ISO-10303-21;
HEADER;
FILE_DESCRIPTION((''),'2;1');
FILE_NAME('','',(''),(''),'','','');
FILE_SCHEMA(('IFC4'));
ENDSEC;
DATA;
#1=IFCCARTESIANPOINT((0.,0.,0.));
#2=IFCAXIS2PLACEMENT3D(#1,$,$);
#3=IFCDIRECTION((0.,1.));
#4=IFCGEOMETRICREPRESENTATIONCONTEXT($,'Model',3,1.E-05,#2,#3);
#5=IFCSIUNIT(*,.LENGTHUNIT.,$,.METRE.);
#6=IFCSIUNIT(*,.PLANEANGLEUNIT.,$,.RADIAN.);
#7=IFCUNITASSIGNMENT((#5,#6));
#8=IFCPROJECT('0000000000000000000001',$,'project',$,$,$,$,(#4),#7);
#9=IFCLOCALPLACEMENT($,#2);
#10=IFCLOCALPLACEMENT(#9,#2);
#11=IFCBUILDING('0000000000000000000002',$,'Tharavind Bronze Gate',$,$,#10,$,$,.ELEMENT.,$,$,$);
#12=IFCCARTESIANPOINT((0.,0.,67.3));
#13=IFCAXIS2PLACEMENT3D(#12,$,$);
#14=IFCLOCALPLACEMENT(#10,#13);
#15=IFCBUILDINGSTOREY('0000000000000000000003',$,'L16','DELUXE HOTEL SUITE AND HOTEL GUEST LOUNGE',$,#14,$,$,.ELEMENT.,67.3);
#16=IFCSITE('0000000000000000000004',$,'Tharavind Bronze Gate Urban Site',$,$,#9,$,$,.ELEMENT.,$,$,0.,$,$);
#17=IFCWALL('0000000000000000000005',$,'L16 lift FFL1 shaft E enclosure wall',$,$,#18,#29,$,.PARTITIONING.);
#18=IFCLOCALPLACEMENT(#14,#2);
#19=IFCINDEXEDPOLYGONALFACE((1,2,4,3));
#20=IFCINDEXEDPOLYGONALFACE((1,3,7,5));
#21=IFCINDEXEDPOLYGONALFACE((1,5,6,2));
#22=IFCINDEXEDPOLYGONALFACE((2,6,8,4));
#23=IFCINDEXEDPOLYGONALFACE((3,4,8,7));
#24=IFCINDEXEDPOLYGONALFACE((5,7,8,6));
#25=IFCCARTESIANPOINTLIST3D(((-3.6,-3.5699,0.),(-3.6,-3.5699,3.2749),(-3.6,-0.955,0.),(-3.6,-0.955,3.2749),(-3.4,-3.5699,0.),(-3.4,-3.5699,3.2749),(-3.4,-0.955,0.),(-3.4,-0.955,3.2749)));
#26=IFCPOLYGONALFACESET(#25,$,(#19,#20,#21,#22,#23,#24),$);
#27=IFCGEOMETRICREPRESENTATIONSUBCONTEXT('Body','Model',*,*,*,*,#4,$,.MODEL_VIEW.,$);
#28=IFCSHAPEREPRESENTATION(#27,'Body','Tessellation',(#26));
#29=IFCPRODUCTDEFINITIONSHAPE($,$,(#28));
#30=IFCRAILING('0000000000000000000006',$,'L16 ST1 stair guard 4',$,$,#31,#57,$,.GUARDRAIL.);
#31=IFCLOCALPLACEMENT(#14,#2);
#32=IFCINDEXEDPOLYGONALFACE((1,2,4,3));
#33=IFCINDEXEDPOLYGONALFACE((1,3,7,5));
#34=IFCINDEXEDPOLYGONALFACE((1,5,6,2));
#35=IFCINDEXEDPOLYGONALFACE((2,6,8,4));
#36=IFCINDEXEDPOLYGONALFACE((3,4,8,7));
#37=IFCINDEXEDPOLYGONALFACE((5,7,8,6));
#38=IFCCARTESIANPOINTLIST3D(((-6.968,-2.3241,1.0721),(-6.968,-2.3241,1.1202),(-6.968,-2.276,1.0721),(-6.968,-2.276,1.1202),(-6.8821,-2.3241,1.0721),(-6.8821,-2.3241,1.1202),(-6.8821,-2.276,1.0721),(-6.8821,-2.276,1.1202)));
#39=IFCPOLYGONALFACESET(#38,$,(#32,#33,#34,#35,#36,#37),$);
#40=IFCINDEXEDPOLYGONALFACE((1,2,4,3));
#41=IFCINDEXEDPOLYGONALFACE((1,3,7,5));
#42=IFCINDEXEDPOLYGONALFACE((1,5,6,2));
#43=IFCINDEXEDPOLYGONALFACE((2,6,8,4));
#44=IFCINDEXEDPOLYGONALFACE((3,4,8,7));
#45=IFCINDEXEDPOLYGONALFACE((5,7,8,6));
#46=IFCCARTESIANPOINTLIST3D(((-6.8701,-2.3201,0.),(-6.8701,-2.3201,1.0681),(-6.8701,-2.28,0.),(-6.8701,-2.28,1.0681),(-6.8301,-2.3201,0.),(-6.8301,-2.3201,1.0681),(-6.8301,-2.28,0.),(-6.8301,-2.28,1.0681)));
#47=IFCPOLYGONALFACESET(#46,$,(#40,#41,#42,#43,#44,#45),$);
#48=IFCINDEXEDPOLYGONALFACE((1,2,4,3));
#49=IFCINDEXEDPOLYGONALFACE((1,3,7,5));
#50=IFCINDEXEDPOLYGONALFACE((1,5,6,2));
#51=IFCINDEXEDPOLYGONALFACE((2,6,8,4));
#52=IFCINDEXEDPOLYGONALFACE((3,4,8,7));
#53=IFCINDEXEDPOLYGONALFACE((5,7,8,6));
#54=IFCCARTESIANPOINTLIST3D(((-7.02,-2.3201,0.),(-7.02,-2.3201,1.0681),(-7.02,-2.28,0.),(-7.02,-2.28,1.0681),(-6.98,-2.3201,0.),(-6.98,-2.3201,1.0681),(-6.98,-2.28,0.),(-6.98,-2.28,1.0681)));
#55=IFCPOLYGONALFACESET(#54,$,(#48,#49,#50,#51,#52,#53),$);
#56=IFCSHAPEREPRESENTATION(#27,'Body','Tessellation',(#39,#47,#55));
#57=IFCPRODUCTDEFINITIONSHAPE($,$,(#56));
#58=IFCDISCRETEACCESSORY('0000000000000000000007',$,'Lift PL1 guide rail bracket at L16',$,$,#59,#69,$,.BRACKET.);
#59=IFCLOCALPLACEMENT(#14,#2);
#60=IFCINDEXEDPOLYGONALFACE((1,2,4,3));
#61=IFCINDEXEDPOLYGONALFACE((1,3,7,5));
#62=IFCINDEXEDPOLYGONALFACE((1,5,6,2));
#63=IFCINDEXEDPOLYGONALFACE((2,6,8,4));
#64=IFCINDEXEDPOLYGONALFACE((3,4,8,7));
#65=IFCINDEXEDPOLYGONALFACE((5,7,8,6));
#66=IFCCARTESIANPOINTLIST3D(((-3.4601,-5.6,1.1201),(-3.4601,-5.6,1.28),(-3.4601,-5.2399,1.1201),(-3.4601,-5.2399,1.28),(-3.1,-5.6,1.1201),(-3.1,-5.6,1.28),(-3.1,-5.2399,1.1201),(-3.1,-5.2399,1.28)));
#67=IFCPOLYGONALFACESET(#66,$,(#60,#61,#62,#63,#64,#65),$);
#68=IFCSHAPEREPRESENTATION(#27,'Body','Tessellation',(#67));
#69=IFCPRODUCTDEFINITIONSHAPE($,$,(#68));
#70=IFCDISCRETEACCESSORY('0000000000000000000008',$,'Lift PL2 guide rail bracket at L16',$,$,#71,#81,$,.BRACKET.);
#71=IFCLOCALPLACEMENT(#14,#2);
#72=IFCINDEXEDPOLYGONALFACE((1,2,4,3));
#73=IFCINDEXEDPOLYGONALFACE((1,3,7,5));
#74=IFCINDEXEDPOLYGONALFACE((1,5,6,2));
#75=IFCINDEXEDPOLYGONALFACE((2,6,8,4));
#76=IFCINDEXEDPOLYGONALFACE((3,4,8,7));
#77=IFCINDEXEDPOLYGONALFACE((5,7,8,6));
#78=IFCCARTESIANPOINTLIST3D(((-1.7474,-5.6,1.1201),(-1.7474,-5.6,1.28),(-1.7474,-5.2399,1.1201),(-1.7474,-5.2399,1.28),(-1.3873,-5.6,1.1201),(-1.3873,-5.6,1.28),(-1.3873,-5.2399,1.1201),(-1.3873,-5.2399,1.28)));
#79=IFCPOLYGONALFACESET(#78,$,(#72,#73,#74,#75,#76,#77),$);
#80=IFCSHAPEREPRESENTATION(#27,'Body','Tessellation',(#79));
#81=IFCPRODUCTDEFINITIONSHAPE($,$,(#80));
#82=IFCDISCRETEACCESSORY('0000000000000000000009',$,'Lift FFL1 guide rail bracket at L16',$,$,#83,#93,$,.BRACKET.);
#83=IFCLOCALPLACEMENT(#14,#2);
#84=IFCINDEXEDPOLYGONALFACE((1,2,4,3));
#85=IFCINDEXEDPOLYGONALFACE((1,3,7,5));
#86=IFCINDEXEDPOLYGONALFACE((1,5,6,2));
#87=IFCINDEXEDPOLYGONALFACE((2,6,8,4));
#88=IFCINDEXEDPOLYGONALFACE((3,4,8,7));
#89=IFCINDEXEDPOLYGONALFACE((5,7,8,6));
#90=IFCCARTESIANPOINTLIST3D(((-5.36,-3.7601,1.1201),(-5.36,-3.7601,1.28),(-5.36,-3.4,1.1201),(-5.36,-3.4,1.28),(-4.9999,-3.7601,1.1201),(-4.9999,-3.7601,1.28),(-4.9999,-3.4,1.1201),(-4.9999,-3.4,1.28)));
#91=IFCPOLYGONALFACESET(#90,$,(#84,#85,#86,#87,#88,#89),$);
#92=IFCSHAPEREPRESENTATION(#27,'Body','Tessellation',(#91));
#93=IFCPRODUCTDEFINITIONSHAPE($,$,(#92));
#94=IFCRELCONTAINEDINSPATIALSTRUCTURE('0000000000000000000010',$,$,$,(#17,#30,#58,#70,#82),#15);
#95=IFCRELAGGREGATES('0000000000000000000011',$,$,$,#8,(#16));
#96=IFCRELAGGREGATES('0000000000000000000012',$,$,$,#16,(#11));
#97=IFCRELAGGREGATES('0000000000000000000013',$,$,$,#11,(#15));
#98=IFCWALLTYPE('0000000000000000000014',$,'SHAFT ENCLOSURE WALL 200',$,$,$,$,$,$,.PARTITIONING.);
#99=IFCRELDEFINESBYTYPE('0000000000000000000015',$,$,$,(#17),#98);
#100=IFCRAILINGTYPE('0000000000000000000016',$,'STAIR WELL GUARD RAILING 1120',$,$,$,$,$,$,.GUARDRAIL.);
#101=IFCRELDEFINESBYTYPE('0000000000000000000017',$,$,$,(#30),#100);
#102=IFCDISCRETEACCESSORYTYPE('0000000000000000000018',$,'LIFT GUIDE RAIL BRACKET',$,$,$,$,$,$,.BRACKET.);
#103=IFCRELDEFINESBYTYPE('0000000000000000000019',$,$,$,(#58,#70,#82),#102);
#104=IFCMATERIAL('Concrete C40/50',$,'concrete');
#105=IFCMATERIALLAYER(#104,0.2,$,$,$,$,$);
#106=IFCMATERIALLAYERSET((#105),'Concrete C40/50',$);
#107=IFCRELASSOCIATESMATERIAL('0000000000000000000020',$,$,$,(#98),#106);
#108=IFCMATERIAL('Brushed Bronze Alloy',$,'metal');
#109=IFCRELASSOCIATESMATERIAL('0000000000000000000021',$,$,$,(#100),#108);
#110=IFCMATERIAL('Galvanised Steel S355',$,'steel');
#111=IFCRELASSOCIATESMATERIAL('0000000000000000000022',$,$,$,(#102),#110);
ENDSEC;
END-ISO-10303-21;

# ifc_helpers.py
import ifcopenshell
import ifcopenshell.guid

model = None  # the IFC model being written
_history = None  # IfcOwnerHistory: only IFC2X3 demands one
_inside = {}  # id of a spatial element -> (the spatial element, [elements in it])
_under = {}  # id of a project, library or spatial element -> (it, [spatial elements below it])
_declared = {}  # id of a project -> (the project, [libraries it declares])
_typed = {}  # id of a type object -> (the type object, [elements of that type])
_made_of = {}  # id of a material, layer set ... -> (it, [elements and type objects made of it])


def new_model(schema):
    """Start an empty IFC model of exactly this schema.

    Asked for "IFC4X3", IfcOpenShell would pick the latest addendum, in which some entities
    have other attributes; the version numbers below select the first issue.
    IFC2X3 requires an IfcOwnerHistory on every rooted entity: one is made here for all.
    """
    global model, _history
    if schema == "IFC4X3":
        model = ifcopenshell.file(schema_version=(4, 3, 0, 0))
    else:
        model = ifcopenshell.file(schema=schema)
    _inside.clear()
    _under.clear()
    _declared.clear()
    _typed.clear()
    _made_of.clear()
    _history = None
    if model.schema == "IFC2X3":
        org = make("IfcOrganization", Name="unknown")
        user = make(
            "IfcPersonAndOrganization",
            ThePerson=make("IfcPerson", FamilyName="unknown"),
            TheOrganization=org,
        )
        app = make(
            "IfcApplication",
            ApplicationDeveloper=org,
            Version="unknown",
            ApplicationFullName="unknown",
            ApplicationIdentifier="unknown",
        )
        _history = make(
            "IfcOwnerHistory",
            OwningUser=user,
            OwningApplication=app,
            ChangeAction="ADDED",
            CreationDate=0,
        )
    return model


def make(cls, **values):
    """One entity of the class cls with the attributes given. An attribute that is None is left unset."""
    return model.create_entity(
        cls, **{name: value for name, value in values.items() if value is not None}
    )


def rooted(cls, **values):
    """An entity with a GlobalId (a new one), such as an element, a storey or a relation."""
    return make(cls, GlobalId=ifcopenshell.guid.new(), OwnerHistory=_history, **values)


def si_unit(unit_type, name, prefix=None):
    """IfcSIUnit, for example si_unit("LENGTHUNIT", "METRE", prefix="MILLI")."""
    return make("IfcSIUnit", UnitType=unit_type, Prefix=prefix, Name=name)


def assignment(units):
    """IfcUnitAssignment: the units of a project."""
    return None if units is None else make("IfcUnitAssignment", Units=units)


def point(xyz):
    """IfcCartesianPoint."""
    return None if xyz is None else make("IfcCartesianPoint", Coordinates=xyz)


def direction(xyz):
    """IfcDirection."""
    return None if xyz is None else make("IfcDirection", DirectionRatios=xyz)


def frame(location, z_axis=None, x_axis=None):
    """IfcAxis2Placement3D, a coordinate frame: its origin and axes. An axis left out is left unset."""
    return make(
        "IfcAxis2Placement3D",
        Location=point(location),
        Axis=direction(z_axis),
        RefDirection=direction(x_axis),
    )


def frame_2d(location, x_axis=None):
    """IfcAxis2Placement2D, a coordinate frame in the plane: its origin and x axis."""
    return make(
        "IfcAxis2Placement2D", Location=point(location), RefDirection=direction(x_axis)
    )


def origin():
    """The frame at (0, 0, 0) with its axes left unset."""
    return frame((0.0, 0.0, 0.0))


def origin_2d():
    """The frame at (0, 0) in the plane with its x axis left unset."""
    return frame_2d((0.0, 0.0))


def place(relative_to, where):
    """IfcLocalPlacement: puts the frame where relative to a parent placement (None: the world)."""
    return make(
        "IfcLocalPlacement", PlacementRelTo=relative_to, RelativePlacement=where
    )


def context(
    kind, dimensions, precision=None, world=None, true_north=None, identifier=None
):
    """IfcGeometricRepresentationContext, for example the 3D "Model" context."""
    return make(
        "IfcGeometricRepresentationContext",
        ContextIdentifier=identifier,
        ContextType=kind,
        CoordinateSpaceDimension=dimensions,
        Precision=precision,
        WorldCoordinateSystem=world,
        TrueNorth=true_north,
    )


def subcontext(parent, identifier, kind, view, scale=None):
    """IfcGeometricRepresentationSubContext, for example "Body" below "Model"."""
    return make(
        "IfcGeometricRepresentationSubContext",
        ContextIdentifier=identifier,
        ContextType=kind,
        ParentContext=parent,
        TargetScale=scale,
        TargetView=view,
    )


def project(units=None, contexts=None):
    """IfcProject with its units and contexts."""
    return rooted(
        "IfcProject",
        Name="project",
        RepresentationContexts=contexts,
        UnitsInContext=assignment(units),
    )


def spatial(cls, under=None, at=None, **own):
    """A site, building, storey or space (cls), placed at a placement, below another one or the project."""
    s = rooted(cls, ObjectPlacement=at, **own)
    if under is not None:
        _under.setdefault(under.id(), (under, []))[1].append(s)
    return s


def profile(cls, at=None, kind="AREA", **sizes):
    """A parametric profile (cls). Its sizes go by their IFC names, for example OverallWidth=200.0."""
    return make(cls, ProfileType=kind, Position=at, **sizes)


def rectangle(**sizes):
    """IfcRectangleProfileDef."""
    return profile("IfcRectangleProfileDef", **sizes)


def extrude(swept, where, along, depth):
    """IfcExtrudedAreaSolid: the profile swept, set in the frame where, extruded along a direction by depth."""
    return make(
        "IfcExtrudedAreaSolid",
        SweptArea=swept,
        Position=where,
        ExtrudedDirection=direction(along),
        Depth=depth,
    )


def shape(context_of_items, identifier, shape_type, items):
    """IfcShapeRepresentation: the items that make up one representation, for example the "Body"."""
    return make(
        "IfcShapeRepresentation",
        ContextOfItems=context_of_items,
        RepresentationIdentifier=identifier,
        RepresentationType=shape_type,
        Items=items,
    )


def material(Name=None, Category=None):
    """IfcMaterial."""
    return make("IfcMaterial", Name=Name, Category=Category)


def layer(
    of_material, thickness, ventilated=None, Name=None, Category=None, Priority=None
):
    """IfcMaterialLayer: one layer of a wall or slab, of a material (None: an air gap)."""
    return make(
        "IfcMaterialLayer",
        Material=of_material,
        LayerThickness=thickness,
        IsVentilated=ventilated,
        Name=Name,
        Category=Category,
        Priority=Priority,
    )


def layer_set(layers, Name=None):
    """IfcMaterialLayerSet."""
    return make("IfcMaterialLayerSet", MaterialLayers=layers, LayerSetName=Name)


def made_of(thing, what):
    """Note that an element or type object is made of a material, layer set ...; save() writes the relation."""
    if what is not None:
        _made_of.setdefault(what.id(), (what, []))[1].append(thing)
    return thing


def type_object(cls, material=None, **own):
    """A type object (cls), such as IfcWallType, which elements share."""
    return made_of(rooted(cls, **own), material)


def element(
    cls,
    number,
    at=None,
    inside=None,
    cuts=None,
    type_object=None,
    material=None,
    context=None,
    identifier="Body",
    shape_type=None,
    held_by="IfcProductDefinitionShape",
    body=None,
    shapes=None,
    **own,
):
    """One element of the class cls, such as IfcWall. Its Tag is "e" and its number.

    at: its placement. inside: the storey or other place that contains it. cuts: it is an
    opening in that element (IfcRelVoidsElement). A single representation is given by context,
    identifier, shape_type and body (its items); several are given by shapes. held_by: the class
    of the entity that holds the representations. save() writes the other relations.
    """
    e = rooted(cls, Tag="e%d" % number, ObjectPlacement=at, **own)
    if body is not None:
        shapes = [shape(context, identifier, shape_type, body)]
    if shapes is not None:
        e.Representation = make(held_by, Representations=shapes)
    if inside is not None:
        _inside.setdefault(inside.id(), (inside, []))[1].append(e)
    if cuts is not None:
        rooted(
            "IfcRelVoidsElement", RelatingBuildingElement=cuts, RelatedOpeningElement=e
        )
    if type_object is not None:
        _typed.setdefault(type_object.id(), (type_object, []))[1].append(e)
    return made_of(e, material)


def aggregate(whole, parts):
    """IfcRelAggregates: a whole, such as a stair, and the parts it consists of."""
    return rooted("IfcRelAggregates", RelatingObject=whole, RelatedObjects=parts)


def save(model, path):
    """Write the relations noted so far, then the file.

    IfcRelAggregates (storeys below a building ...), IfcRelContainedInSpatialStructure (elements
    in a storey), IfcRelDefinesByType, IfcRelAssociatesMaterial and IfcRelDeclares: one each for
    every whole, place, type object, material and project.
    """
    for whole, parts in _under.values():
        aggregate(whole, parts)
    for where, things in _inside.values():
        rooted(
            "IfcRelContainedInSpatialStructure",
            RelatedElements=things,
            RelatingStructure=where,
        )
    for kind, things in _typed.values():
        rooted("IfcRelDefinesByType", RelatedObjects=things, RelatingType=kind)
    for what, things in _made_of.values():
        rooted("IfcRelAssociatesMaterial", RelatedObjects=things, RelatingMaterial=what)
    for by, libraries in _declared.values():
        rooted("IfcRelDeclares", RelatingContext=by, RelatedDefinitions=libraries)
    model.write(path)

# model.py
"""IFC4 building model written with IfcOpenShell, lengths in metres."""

from ifc_helpers import new_model, si_unit, direction, frame, frame_2d, origin, origin_2d, place, context, subcontext, project, spatial, rectangle, extrude, material, layer, layer_set, type_object, element, save


model = new_model("IFC4")

# Units and contexts
model_context = context("Model", 3, precision=1e-05, world=origin(), true_north=direction((0.0, 1.0)))
body_context = subcontext(model_context, "Body", "Model", "MODEL_VIEW")
ifc_project = project(units=[si_unit("LENGTHUNIT", "METRE"), si_unit("PLANEANGLEUNIT", "RADIAN")], contexts=[model_context])

# Site, building, storey
site_placement = place(None, origin())
site = spatial("IfcSite", under=ifc_project, at=site_placement, Name="Tharavind Bronze Gate Urban Site", CompositionType="ELEMENT", RefElevation=0.0)
building_placement = place(site_placement, origin())
building = spatial("IfcBuilding", under=site, at=building_placement, Name="Tharavind Bronze Gate", CompositionType="ELEMENT")
storey_placement = place(building_placement, frame((0.0, 0.0, 67.3)))
storey = spatial("IfcBuildingStorey", under=building, at=storey_placement, Name="L16", Description="DELUXE HOTEL SUITE AND HOTEL GUEST LOUNGE", CompositionType="ELEMENT", Elevation=67.3)

# Wall
ifc_material_1 = material(Name="Concrete C40/50", Category="concrete")
ifc_layer_1 = layer(ifc_material_1, 0.2)
ifc_layer_set_1 = layer_set([ifc_layer_1], Name="Concrete C40/50")
wall_type_1 = type_object("IfcWallType", Name="SHAFT ENCLOSURE WALL 200", PredefinedType="PARTITIONING", material=ifc_layer_set_1)
wall_1_placement = place(storey_placement, frame((-3.5, -3.5701, 0.0), z_axis=(0.0, 0.0, 1.0), x_axis=(0.0, 1.0, 0.0)))
element("IfcWall", 1, at=wall_1_placement, inside=storey, type_object=wall_type_1, Name="L16 lift FFL1 shaft E enclosure wall", PredefinedType="PARTITIONING", context=body_context, shape_type="SweptSolid", body=[
    extrude(rectangle(XDim=2.615, YDim=0.2, at=frame_2d((1.3076, 0.0))), origin(), (0.0, 0.0, 1.0), 3.2749),
])

# Railing
ifc_material_2 = material(Name="Brushed Bronze Alloy", Category="metal")
railing_type = type_object("IfcRailingType", Name="STAIR WELL GUARD RAILING 1120", PredefinedType="GUARDRAIL", material=ifc_material_2)
railing_placement = place(storey_placement, frame((-6.8501, -2.3, 0.0)))
element("IfcRailing", 2, at=railing_placement, inside=storey, type_object=railing_type, Name="L16 ST1 stair guard 4", PredefinedType="GUARDRAIL", context=body_context, shape_type="SweptSolid", body=[
    extrude(rectangle(XDim=0.0481, YDim=0.0481, at=origin_2d()), frame((-0.032, 0.0, 1.0962), z_axis=(-1.0, 0.0, 0.0), x_axis=(0.0, -1.0, 0.0)), (0.0, 0.0, 1.0), 0.0859),
    extrude(rectangle(XDim=0.04, YDim=0.04, at=origin_2d()), origin(), (0.0, 0.0, 1.0), 1.0681),
    extrude(rectangle(XDim=0.04, YDim=0.04, at=origin_2d()), frame((-0.1499, 0.0, 0.0)), (0.0, 0.0, 1.0), 1.0681),
])

# Discrete accessories
ifc_material_3 = material(Name="Galvanised Steel S355", Category="steel")
discrete_accessory_type = type_object("IfcDiscreteAccessoryType", Name="LIFT GUIDE RAIL BRACKET", PredefinedType="BRACKET", material=ifc_material_3)
for number, where, z_axis, x_axis, name in (
    (3, (-3.28, -5.4199, 1.1201), (0.0, 0.0, 1.0), (1.0, 0.0, 0.0), "Lift PL1 guide rail bracket at L16"),
    (4, (-1.5674, -5.4199, 1.1201), (0.0, 0.0, 1.0), (1.0, 0.0, 0.0), "Lift PL2 guide rail bracket at L16"),
    (5, (-5.1799, -3.5801, 1.1201), (0.0, 0.0, 1.0), (1.0, 0.0, 0.0), "Lift FFL1 guide rail bracket at L16"),
):
    element("IfcDiscreteAccessory", number, at=place(storey_placement, frame(where, z_axis=z_axis, x_axis=x_axis)), inside=storey, type_object=discrete_accessory_type, Name=name, PredefinedType="BRACKET", context=body_context, shape_type="SweptSolid", body=[
        extrude(rectangle(XDim=0.3601, YDim=0.3601, at=origin_2d()), origin(), (0.0, 0.0, 1.0), 0.1599),
    ])

save(model, "model.ifc")
